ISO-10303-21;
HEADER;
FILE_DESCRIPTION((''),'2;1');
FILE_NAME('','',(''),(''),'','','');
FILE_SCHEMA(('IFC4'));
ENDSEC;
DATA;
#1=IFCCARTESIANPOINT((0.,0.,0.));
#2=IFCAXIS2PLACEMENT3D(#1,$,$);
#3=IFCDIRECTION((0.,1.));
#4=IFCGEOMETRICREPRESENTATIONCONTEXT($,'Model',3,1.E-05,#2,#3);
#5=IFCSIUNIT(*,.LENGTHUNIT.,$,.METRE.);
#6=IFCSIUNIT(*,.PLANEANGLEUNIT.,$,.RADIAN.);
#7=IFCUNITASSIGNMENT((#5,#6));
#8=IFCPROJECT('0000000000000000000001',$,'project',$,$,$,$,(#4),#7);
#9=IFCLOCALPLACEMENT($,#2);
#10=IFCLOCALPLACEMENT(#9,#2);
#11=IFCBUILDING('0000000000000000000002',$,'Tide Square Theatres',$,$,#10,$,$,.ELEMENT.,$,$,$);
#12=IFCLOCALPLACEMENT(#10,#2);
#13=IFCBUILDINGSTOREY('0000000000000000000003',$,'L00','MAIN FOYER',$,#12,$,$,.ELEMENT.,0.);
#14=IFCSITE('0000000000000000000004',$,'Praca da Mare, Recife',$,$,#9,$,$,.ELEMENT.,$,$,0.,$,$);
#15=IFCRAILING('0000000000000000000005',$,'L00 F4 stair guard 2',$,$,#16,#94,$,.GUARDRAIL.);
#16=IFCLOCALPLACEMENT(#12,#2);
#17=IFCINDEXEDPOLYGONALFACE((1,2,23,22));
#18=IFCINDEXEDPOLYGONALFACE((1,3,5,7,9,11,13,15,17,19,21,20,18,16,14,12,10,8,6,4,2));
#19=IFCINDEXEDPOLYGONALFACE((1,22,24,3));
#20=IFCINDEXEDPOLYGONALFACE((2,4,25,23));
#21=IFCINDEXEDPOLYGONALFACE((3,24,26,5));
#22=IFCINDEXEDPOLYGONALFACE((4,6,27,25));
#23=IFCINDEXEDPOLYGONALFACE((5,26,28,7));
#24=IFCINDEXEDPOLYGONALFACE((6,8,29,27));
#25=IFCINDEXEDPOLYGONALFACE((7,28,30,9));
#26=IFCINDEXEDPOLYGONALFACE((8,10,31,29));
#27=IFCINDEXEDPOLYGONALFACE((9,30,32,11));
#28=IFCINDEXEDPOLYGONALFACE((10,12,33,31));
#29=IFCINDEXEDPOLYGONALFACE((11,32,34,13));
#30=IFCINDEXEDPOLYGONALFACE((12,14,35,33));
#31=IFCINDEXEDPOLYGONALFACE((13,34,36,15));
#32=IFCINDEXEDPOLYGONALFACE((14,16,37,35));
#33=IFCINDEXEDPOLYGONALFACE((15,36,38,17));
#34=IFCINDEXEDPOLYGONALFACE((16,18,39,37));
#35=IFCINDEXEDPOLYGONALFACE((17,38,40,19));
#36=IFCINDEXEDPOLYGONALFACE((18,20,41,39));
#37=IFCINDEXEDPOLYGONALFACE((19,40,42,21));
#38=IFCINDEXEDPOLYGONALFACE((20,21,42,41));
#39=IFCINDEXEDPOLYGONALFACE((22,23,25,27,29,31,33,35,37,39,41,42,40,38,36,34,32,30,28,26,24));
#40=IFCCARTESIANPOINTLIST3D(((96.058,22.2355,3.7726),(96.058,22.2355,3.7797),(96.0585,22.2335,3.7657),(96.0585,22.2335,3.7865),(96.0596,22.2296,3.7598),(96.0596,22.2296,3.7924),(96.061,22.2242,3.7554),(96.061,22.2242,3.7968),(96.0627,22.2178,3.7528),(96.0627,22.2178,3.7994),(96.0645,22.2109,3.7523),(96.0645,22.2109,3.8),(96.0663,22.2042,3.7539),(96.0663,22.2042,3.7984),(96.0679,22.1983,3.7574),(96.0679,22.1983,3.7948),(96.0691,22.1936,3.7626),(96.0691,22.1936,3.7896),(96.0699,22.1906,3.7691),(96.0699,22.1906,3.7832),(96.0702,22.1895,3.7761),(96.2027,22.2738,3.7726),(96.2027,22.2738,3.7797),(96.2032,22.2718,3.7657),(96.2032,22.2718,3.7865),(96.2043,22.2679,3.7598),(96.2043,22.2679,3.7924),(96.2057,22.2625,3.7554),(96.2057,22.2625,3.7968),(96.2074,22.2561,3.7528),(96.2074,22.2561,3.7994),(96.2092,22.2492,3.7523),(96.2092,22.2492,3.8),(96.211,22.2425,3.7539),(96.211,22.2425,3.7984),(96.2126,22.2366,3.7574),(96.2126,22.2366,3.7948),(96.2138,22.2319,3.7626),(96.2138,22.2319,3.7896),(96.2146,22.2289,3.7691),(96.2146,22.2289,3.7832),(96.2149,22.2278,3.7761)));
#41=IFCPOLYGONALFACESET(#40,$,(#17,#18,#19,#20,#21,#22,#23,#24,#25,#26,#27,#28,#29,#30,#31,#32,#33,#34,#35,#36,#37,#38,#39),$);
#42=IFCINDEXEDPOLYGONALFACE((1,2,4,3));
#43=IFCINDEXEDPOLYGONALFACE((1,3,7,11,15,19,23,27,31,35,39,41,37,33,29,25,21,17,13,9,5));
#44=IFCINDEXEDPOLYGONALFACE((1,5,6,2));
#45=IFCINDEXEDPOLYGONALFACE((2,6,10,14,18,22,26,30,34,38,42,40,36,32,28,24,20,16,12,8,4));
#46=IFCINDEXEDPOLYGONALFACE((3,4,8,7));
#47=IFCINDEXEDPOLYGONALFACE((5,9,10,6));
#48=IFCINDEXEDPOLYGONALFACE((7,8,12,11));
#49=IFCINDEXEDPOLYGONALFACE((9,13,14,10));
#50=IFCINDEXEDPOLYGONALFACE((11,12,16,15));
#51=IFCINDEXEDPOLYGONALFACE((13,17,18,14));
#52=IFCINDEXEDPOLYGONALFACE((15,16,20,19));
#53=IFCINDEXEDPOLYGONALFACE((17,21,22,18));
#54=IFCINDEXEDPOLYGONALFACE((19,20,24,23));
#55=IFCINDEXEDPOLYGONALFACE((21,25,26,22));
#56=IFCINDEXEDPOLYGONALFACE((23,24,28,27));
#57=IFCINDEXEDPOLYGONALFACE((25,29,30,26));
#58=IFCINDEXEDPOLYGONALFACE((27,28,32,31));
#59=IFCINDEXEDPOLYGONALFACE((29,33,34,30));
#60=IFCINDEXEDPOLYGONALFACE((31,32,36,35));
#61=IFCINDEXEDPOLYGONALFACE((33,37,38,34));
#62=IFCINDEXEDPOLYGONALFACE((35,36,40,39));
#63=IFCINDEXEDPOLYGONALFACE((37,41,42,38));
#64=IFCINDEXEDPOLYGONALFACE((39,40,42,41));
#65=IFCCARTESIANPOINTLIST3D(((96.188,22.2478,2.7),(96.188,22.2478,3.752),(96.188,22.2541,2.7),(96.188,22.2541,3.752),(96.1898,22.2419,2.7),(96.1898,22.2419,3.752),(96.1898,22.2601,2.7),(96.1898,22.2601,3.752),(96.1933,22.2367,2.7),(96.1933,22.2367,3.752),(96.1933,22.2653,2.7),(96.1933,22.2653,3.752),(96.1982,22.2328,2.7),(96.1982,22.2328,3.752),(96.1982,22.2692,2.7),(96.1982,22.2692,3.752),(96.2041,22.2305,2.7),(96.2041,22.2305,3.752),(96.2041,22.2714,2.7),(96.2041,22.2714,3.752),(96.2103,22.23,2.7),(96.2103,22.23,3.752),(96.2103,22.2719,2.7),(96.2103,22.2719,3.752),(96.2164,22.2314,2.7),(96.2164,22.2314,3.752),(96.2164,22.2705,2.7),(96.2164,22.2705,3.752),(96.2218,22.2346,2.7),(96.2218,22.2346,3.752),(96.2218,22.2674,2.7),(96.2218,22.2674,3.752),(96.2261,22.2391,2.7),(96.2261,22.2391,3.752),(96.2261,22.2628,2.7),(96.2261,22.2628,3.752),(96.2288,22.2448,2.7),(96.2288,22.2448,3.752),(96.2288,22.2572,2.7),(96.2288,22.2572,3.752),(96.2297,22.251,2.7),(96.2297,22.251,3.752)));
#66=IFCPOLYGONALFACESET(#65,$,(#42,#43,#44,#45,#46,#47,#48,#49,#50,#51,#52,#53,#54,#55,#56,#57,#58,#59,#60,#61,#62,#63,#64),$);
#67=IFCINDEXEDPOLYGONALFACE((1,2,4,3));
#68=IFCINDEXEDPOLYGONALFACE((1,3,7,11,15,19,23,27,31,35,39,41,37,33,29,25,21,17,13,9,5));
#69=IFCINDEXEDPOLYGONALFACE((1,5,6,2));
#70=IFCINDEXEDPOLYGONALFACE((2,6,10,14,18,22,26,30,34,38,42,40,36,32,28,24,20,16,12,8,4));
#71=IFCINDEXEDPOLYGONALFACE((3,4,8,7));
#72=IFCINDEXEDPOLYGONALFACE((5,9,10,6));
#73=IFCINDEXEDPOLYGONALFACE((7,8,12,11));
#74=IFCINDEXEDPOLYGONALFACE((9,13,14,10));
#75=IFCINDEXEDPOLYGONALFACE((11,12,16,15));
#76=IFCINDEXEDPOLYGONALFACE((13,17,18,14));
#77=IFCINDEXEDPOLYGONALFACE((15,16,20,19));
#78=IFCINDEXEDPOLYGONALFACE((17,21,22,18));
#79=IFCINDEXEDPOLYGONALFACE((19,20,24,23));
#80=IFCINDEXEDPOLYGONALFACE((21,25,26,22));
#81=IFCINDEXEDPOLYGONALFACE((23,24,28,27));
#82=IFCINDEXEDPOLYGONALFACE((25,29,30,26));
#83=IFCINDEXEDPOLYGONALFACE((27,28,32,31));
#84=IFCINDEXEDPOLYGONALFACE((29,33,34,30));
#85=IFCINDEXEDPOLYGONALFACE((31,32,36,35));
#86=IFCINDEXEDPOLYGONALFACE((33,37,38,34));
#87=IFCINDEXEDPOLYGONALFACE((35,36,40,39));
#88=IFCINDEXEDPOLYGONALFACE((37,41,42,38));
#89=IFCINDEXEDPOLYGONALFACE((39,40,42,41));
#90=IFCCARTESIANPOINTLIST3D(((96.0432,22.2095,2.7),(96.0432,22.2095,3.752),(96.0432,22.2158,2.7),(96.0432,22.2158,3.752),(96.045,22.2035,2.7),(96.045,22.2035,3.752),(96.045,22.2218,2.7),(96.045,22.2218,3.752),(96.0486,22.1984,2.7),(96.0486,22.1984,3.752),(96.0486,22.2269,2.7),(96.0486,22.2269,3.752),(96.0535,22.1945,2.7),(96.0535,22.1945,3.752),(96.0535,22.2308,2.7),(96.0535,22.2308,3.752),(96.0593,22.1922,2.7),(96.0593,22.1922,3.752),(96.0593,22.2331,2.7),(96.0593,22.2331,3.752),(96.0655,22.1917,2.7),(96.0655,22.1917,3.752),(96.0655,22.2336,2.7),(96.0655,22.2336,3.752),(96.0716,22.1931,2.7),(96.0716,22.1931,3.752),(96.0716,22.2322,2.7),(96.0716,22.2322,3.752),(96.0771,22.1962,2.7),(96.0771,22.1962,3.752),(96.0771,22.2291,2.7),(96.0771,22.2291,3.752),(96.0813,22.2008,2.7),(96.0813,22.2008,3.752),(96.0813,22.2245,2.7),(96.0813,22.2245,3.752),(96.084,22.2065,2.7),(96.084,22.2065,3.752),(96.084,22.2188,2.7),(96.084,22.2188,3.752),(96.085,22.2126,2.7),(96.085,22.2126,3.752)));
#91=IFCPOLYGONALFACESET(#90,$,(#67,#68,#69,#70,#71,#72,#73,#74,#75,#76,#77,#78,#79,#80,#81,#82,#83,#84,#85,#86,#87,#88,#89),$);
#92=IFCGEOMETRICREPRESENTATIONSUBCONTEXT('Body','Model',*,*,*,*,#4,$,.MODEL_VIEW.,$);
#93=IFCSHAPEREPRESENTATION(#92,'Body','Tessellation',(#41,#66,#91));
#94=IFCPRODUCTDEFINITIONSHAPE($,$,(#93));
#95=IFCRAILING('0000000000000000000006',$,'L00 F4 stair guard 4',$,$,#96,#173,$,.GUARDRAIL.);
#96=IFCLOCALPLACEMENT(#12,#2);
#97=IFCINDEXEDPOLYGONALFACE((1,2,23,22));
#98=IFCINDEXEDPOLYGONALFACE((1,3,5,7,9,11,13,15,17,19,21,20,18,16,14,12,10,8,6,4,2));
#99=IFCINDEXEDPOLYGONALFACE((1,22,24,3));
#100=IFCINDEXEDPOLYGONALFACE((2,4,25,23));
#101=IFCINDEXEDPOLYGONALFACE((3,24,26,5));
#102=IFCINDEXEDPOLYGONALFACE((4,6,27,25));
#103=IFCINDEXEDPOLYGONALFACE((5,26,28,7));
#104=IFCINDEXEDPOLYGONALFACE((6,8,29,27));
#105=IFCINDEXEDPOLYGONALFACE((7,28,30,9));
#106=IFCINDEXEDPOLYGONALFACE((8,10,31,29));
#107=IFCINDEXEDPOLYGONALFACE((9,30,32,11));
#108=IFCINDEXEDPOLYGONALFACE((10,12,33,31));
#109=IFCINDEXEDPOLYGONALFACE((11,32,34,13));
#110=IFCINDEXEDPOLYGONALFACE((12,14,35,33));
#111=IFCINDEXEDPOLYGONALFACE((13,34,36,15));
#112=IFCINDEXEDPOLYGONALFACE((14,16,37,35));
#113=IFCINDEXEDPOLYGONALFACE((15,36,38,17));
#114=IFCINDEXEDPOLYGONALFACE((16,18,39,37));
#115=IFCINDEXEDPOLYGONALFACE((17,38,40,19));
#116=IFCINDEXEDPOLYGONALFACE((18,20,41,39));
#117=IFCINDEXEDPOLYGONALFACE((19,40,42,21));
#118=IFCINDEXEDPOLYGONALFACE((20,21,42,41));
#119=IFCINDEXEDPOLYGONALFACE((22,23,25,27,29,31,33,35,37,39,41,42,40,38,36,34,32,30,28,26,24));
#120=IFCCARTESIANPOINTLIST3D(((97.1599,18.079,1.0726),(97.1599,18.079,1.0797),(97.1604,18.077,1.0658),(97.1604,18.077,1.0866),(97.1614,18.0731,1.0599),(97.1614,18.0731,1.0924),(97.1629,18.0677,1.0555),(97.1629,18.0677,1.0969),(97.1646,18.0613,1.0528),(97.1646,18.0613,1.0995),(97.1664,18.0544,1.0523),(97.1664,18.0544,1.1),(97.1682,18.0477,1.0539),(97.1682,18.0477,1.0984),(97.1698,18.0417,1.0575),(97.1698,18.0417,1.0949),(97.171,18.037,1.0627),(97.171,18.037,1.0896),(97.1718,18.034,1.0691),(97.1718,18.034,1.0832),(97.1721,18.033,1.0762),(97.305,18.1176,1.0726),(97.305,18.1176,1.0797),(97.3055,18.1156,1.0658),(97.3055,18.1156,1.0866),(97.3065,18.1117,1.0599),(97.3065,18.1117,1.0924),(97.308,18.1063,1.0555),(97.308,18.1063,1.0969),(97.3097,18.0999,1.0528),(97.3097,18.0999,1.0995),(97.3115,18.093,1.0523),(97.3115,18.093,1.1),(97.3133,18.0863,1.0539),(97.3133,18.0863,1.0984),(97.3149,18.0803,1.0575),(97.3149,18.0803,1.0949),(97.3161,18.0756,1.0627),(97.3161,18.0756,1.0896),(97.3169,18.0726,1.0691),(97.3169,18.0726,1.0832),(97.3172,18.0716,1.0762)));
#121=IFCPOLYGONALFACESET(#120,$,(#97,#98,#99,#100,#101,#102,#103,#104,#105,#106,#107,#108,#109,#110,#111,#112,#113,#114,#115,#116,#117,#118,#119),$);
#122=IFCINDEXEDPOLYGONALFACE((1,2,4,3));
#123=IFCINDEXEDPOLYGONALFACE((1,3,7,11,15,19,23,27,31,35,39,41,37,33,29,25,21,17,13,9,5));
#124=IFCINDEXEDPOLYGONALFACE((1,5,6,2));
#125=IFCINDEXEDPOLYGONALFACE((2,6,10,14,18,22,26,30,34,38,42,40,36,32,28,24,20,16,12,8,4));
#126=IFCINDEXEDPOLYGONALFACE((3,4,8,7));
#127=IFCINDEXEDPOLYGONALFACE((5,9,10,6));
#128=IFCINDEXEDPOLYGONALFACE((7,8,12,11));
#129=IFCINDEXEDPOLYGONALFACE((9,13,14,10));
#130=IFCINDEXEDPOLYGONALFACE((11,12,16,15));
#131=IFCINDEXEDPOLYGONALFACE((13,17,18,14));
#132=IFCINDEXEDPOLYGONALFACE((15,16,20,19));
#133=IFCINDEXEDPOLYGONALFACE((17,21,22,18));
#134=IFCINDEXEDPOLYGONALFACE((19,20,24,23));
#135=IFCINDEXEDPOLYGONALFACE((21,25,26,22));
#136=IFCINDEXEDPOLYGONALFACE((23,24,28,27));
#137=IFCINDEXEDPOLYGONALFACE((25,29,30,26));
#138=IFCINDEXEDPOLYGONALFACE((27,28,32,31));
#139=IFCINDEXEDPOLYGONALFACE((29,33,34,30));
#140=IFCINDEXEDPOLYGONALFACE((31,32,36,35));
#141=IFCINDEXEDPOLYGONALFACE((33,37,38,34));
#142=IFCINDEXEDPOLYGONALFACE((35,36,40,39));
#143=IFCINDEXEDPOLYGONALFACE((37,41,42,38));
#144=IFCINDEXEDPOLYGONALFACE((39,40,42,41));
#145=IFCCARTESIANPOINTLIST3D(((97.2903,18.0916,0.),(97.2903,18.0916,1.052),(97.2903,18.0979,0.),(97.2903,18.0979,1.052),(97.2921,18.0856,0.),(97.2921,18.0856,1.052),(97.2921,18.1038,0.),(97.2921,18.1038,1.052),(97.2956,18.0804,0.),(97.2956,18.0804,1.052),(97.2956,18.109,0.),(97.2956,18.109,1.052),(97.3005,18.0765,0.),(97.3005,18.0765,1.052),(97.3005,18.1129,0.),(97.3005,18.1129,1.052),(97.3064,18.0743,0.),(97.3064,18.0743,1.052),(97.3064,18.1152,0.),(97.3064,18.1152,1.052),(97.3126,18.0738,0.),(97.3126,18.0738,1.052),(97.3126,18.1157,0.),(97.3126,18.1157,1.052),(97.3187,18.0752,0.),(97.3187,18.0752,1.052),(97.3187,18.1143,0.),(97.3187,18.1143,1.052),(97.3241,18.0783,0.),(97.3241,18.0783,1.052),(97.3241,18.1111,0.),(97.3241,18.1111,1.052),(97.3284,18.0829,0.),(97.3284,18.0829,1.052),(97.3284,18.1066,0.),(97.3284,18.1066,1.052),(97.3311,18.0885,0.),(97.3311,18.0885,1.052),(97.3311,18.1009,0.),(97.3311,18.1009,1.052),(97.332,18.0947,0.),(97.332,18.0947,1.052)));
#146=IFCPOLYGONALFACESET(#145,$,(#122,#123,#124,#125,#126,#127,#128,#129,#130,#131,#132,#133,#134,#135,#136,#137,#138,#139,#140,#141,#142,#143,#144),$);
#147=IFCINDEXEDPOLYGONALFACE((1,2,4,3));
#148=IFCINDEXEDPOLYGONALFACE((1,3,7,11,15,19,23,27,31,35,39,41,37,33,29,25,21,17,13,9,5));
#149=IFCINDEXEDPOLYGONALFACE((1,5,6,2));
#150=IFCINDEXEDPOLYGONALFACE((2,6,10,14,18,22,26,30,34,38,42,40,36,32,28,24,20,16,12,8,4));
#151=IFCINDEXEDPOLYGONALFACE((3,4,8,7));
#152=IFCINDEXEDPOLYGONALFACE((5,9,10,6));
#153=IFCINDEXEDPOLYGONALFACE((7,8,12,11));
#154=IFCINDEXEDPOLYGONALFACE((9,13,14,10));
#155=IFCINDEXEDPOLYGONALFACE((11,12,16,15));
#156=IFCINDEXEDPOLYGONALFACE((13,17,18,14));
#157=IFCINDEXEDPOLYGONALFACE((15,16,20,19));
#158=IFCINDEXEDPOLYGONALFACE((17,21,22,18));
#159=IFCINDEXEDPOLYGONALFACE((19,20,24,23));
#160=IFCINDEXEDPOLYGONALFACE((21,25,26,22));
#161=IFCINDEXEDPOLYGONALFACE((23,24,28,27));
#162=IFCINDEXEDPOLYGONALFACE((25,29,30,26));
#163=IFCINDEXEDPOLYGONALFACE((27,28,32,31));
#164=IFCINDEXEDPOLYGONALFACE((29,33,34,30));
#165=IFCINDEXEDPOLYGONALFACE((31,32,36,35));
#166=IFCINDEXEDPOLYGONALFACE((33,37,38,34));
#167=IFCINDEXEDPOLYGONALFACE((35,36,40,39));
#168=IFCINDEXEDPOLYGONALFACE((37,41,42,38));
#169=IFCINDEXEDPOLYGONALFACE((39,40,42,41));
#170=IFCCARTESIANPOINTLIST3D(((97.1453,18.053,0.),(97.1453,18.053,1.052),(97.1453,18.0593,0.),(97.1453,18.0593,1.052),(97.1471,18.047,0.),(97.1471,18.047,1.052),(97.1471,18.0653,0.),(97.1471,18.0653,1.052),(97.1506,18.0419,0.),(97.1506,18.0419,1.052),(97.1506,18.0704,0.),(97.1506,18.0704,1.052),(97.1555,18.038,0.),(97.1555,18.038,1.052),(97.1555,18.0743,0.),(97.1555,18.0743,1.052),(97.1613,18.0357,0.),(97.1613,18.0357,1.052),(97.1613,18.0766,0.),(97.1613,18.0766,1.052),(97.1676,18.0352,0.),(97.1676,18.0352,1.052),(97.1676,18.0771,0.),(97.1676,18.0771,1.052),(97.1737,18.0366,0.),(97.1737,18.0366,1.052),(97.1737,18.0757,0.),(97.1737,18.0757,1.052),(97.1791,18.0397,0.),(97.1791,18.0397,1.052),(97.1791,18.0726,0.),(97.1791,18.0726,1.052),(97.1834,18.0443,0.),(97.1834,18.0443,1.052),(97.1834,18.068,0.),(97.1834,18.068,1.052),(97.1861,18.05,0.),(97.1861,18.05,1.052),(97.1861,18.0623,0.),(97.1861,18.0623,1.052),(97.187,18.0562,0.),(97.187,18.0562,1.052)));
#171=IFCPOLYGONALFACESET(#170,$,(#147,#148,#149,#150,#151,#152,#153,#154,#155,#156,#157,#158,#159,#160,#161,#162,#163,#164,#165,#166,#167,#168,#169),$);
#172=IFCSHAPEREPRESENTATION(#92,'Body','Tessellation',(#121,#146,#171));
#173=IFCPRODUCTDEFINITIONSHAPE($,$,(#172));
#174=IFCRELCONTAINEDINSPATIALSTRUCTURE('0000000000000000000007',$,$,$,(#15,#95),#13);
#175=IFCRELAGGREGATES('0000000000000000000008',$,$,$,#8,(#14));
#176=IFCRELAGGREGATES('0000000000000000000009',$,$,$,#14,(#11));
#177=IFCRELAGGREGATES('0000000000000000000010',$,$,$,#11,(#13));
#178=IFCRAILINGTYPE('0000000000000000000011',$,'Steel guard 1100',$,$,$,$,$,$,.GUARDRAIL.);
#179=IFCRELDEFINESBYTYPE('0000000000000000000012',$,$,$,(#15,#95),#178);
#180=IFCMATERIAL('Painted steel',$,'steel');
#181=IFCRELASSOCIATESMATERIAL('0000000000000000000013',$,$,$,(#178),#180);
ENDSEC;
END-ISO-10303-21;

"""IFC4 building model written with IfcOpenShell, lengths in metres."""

from ifc_helpers import new_model, si_unit, direction, frame, origin, origin_2d, place, context, subcontext, project, spatial, circle, extrude, material, type_object, element, save


model = new_model("IFC4")

# Units and contexts
model_context = context("Model", 3, precision=1e-05, world=origin(), true_north=direction((0.0, 1.0)))
body_context = subcontext(model_context, "Body", "Model", "MODEL_VIEW")
ifc_project = project(units=[si_unit("LENGTHUNIT", "METRE"), si_unit("PLANEANGLEUNIT", "RADIAN")], contexts=[model_context])

# Site, building, storey
site_placement = place(None, origin())
site = spatial("IfcSite", under=ifc_project, at=site_placement, Name="Praca da Mare, Recife", CompositionType="ELEMENT", RefElevation=0.0)
building_placement = place(site_placement, origin())
building = spatial("IfcBuilding", under=site, at=building_placement, Name="Tide Square Theatres", CompositionType="ELEMENT")
storey_placement = place(building_placement, origin())
storey = spatial("IfcBuildingStorey", under=building, at=storey_placement, Name="L00", Description="MAIN FOYER", CompositionType="ELEMENT", Elevation=0.0)

# Railings
ifc_material_1 = material(Name="Painted steel", Category="steel")
railing_type_1 = type_object("IfcRailingType", Name="Steel guard 1100", PredefinedType="GUARDRAIL", material=ifc_material_1)
railing_1_placement = place(storey_placement, frame((96.2087, 22.251, 2.7)))
element("IfcRailing", 1, at=railing_1_placement, inside=storey, type_object=railing_type_1, Name="L00 F4 stair guard 2", PredefinedType="GUARDRAIL", context=body_context, shape_type="SweptSolid", body=[
    extrude(circle(Radius=0.0239, at=origin_2d()), frame((0.0, 0.0, 1.0762), z_axis=(-0.966693, -0.255937, 0.0), x_axis=(0.255937, -0.966693, 0.0)), (0.0, 0.0, 1.0), 0.1497),
    extrude(circle(Radius=0.021, at=origin_2d()), origin(), (0.0, 0.0, 1.0), 1.052),
    extrude(circle(Radius=0.021, at=origin_2d()), frame((-0.1448, -0.0383, 0.0)), (0.0, 0.0, 1.0), 1.052),
])
railing_2_placement = place(storey_placement, frame((97.311, 18.0947, 0.0)))
element("IfcRailing", 2, at=railing_2_placement, inside=storey, type_object=railing_type_1, Name="L00 F4 stair guard 4", PredefinedType="GUARDRAIL", context=body_context, shape_type="SweptSolid", body=[
    extrude(circle(Radius=0.0239, at=origin_2d()), frame((0.0, 0.0, 1.0762), z_axis=(-0.966397, -0.257055, 0.0), x_axis=(0.257055, -0.966397, 0.0)), (0.0, 0.0, 1.0), 0.1501),
    extrude(circle(Radius=0.021, at=origin_2d()), origin(), (0.0, 0.0, 1.0), 1.052),
    extrude(circle(Radius=0.021, at=origin_2d()), frame((-0.145, -0.0386, 0.0)), (0.0, 0.0, 1.0), 1.052),
])

save(model, "model.ifc")
